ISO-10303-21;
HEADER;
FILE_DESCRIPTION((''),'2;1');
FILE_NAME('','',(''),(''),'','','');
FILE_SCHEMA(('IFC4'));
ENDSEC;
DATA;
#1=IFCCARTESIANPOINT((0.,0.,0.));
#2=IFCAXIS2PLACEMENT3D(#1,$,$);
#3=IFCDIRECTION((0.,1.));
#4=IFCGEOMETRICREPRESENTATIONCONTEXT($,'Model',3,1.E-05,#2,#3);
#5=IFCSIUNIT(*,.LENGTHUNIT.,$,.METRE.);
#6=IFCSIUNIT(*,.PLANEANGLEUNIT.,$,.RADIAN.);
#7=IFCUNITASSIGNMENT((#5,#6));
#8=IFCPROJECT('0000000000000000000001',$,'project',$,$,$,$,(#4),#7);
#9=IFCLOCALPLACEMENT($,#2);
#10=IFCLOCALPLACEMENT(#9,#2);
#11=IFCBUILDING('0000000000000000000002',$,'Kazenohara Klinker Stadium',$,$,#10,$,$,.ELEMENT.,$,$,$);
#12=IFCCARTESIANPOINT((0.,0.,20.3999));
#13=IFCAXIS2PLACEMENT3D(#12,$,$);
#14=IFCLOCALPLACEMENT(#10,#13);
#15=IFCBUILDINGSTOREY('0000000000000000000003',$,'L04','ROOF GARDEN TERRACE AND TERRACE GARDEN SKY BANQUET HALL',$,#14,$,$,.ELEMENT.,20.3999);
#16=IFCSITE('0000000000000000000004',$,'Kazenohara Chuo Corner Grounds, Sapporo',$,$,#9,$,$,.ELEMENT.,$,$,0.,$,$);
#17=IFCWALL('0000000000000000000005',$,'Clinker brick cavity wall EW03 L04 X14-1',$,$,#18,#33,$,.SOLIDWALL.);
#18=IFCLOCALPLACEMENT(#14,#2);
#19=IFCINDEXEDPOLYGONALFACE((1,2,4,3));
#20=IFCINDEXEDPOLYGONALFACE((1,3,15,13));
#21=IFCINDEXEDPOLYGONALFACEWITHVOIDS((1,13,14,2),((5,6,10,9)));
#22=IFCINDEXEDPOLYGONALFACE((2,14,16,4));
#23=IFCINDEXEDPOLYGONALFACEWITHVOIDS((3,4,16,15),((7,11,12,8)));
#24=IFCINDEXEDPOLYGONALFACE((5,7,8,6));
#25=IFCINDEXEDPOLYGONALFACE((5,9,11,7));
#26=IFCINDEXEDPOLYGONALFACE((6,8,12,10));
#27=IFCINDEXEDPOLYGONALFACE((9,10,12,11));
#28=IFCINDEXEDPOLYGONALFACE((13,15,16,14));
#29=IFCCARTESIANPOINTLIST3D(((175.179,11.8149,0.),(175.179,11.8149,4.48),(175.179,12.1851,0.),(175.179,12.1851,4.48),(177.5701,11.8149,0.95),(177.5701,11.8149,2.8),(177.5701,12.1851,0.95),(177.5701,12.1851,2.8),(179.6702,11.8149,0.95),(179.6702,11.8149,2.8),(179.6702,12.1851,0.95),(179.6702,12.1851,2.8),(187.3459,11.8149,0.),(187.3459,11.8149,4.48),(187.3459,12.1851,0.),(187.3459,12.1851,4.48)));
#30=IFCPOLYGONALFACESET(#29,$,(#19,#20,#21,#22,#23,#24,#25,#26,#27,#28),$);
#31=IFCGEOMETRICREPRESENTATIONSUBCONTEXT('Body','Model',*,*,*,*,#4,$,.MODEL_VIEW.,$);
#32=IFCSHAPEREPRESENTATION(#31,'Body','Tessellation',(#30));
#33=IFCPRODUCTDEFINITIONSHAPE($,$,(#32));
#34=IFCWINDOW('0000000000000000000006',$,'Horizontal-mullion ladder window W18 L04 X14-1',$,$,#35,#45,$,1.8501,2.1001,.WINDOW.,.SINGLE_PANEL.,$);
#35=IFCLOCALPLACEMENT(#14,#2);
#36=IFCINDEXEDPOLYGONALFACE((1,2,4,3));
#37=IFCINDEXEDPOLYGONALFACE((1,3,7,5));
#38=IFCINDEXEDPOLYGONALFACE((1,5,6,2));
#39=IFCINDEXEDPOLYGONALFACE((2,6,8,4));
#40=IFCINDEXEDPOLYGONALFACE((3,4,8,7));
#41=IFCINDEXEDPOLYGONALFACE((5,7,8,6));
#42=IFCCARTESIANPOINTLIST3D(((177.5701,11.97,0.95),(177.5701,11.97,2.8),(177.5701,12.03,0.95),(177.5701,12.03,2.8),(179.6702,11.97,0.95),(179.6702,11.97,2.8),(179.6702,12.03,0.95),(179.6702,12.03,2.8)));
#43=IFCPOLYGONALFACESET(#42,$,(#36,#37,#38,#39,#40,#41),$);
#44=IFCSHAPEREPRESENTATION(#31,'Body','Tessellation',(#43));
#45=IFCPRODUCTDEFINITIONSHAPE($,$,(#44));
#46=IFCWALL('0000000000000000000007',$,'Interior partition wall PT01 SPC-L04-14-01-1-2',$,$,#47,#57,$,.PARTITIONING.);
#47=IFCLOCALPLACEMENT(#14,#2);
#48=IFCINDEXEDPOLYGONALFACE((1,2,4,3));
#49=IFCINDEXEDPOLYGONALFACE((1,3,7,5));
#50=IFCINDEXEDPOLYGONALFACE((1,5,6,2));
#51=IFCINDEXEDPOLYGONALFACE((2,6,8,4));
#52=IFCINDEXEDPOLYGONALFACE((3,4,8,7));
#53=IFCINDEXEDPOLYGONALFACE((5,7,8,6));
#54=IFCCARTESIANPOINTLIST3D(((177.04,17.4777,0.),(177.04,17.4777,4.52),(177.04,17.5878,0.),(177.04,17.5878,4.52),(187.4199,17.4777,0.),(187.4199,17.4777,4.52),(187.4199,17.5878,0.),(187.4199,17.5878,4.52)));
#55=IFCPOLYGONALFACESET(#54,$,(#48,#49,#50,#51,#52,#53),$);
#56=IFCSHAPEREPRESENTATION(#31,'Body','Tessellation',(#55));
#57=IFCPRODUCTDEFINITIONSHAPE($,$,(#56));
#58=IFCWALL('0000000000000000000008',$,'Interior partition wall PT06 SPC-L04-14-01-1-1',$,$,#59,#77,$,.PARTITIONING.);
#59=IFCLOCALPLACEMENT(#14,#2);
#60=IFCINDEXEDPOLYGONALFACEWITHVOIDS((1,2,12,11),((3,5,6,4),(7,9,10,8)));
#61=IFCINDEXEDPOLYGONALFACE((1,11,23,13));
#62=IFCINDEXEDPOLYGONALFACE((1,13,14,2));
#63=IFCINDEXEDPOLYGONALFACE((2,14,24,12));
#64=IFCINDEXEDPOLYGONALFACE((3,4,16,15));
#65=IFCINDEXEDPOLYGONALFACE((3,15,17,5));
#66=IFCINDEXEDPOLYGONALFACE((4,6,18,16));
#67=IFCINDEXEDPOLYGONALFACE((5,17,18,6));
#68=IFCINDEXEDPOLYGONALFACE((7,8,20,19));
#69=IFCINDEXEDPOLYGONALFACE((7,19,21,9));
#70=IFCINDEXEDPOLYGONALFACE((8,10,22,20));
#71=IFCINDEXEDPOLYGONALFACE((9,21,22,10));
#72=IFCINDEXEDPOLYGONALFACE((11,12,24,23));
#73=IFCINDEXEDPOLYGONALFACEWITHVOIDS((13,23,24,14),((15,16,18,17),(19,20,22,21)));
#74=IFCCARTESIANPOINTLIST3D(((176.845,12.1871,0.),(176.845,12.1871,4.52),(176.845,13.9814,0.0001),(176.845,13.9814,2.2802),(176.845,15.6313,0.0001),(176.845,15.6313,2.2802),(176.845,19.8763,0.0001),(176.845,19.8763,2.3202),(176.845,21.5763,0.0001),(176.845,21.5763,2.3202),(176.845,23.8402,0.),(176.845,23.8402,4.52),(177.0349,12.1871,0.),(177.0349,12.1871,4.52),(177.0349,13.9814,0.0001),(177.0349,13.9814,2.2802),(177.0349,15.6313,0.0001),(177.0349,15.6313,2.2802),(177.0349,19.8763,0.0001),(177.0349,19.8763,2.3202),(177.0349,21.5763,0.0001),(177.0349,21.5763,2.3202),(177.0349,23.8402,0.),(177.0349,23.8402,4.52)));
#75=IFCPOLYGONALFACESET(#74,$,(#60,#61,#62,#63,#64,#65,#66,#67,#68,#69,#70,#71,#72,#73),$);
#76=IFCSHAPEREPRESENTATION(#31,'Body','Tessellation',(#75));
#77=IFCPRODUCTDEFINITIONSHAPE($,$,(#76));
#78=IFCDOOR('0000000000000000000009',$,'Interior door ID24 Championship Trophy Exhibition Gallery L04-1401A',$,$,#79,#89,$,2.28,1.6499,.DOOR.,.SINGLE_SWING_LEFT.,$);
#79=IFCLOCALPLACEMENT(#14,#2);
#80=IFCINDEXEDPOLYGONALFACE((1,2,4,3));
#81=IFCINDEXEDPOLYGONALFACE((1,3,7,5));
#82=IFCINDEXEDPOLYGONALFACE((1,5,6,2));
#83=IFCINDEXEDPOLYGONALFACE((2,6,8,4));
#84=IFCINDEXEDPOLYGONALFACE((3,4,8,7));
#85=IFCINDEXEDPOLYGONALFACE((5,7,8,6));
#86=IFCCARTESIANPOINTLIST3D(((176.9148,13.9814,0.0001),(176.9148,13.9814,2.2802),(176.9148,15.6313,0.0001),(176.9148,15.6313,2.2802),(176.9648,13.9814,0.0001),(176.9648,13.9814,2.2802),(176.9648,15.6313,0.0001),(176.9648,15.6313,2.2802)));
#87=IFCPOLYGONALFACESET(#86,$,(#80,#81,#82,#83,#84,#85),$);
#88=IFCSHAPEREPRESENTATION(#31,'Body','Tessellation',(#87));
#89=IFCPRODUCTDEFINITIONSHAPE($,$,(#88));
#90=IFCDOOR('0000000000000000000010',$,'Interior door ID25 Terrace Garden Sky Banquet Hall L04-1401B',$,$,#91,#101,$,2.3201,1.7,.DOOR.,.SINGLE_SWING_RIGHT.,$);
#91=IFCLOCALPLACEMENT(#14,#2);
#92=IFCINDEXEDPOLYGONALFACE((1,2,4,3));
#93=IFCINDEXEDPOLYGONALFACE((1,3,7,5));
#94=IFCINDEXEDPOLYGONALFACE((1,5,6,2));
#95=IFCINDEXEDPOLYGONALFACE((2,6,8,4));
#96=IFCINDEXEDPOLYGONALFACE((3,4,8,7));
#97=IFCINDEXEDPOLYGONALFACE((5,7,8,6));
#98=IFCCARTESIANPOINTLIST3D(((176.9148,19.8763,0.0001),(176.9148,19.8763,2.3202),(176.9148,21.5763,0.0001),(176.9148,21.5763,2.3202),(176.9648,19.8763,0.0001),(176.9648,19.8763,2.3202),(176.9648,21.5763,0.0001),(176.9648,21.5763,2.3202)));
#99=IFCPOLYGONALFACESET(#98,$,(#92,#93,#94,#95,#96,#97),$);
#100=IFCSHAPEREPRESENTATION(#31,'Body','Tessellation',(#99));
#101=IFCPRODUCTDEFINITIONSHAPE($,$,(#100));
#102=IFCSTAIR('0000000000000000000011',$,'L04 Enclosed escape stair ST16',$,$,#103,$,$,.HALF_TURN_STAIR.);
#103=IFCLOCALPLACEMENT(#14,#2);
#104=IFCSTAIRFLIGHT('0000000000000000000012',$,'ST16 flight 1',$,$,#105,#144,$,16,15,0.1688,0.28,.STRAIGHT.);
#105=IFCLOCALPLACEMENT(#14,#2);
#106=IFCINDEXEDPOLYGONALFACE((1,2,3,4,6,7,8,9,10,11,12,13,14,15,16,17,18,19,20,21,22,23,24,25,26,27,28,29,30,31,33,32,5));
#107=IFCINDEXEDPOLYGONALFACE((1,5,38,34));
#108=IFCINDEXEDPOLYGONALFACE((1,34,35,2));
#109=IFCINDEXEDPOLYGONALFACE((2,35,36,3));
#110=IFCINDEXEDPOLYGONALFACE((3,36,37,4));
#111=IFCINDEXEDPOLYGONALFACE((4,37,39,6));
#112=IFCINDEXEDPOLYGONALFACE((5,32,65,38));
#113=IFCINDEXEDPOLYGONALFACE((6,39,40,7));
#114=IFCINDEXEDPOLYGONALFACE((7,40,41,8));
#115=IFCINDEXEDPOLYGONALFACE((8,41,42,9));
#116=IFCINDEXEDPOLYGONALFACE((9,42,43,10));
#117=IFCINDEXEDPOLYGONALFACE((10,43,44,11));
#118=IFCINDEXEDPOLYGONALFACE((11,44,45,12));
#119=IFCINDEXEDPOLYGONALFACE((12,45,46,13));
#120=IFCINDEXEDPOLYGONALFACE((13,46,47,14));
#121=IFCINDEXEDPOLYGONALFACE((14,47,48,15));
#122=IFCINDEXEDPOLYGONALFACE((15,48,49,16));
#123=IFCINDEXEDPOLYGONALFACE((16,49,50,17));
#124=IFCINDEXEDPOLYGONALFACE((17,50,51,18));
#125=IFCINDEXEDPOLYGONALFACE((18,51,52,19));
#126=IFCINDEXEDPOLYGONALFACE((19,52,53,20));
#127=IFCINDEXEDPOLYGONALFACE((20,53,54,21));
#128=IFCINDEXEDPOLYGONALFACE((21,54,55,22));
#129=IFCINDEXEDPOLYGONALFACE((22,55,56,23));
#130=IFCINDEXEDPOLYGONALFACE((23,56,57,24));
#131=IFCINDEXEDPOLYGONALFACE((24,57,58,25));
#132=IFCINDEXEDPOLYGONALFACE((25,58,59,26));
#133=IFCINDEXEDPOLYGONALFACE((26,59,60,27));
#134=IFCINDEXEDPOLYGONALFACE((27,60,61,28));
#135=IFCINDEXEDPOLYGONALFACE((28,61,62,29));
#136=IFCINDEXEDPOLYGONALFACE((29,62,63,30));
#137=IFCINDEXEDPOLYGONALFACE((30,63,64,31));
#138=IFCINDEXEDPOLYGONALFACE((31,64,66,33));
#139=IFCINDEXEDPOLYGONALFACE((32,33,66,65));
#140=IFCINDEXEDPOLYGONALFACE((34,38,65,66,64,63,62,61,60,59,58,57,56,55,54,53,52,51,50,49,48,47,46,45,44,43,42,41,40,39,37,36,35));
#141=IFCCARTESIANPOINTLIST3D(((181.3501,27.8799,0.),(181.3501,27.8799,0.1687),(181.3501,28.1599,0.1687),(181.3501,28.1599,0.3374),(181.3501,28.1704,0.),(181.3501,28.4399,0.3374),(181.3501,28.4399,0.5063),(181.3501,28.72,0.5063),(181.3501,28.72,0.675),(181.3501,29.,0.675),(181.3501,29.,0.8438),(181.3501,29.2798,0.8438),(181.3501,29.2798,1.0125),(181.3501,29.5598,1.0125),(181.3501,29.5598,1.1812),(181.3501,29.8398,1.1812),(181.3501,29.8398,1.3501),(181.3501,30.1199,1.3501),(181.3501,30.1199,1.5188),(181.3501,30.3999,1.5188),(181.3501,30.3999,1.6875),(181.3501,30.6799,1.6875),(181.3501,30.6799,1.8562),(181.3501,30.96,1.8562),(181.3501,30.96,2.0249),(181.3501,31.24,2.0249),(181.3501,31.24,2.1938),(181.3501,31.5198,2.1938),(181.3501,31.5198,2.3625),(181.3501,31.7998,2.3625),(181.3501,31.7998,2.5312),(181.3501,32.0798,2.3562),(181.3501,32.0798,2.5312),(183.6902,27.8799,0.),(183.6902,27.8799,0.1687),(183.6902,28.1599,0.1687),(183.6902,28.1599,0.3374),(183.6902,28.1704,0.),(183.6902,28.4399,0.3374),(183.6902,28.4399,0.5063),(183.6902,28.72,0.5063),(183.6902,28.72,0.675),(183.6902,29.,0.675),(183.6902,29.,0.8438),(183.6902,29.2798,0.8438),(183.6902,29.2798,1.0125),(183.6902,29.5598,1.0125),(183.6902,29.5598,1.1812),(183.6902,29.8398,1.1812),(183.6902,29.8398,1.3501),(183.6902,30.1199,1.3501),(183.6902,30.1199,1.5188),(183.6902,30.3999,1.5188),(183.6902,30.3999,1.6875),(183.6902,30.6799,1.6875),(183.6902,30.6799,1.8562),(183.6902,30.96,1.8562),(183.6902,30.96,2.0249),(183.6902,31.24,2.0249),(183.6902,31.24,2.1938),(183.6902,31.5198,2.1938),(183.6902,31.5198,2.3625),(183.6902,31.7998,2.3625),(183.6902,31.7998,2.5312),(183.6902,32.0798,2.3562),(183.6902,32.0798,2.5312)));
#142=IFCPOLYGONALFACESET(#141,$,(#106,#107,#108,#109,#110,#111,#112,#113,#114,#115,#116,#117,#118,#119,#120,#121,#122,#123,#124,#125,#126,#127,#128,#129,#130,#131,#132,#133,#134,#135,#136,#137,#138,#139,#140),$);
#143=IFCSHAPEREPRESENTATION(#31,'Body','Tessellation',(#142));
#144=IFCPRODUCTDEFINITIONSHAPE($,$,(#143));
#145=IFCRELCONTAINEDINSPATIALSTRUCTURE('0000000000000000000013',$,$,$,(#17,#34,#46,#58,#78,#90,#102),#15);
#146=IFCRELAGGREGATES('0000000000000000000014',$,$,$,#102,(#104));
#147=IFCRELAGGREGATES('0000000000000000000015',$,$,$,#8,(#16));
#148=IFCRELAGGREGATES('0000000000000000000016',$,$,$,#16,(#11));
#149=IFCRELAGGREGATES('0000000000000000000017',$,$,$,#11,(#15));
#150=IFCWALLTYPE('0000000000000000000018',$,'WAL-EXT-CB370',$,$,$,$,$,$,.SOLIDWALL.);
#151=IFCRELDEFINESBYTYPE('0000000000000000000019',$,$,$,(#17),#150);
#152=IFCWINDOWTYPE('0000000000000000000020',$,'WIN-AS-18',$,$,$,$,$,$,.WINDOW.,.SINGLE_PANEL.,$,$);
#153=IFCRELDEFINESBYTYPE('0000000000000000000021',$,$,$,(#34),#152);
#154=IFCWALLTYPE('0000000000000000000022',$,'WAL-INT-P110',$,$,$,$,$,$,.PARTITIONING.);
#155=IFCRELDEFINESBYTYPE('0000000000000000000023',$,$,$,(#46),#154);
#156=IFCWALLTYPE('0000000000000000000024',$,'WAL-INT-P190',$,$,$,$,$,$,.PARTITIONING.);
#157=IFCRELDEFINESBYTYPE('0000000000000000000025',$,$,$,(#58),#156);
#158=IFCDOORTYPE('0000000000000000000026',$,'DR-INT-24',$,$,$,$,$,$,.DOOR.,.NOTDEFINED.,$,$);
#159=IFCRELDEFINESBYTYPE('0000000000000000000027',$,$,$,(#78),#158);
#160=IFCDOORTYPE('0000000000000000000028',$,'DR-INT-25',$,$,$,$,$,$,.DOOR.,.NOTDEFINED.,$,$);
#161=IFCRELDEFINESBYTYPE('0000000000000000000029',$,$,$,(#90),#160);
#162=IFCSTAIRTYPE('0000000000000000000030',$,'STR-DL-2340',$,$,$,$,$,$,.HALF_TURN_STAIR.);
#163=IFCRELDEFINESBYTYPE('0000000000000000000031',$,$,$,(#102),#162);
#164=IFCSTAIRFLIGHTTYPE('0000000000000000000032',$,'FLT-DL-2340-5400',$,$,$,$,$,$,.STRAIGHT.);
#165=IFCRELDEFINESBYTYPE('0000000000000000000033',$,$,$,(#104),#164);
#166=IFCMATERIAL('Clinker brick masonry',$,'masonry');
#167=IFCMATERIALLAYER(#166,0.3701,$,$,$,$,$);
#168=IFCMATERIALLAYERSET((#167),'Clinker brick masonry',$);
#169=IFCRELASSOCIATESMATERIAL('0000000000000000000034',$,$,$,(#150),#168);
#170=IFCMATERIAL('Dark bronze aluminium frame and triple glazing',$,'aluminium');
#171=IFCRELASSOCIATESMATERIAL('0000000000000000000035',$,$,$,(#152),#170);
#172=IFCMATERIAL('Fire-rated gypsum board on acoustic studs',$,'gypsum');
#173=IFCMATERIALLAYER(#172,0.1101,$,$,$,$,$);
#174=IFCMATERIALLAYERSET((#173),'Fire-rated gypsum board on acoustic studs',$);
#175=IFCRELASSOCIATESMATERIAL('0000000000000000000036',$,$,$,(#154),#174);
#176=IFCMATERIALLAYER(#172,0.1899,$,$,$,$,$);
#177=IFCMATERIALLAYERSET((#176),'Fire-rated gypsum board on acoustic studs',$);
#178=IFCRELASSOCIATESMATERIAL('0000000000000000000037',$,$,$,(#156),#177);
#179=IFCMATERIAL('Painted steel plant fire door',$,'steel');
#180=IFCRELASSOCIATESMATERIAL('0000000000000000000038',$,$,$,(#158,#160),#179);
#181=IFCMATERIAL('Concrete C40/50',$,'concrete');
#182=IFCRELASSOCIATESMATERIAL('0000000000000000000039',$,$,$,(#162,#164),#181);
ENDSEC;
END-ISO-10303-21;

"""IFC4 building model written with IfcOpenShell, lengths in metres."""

from ifc_helpers import new_model, si_unit, direction, frame, frame_2d, origin, place, context, subcontext, project, spatial, polyline, rectangle, outline, extrude, material, layer, layer_set, type_object, element, fill, aggregate, save


model = new_model("IFC4")

# Units and contexts
model_context = context("Model", 3, precision=1e-05, world=origin(), true_north=direction((0.0, 1.0)))
body_context = subcontext(model_context, "Body", "Model", "MODEL_VIEW")
ifc_project = project(units=[si_unit("LENGTHUNIT", "METRE"), si_unit("PLANEANGLEUNIT", "RADIAN")], contexts=[model_context])

# Site, building, storey
site_placement = place(None, origin())
site = spatial("IfcSite", under=ifc_project, at=site_placement, Name="Kazenohara Chuo Corner Grounds, Sapporo", CompositionType="ELEMENT", RefElevation=0.0)
building_placement = place(site_placement, origin())
building = spatial("IfcBuilding", under=site, at=building_placement, Name="Kazenohara Klinker Stadium", CompositionType="ELEMENT")
storey_placement = place(building_placement, frame((0.0, 0.0, 20.3999)))
storey = spatial("IfcBuildingStorey", under=building, at=storey_placement, Name="L04", Description="ROOF GARDEN TERRACE AND TERRACE GARDEN SKY BANQUET HALL", CompositionType="ELEMENT", Elevation=20.3999)

# Shared definitions
ifc_material_1 = material(Name="Concrete C40/50", Category="concrete")

# Shared definitions
ifc_material_2 = material(Name="Clinker brick masonry", Category="masonry")

# Wall, opening, window
ifc_layer_1 = layer(ifc_material_2, 0.3701)
ifc_layer_set_1 = layer_set([ifc_layer_1], Name="Clinker brick masonry")
wall_type_1 = type_object("IfcWallType", Name="WAL-EXT-CB370", PredefinedType="SOLIDWALL", material=ifc_layer_set_1)
wall_1_placement = place(storey_placement, frame((175.179, 12.0, 0.0), z_axis=(0.0, 0.0, 1.0), x_axis=(1.0, 0.0, 0.0)))
wall_1 = element("IfcWall", 1, at=wall_1_placement, inside=storey, type_object=wall_type_1, Name="Clinker brick cavity wall EW03 L04 X14-1", PredefinedType="SOLIDWALL", context=body_context, shape_type="SweptSolid", body=[
    extrude(rectangle(XDim=12.167, YDim=0.3701, at=frame_2d((6.0835, 0.0))), origin(), (0.0, 0.0, 1.0), 4.48),
])
opening_1_placement = place(wall_1_placement, frame((2.3911, 0.0, 0.95)))
opening_1 = element("IfcOpeningElement", 2, at=opening_1_placement, cuts=wall_1, PredefinedType="OPENING", context=body_context, shape_type="SweptSolid", body=[
    extrude(rectangle(XDim=2.1001, YDim=1.8501, at=frame_2d((1.05, 0.925))), frame((0.0, 0.1951, 0.0), z_axis=(0.0, -1.0, 0.0), x_axis=(1.0, 0.0, 0.0)), (0.0, 0.0, 1.0), 0.3901),
])
ifc_material_3 = material(Name="Dark bronze aluminium frame and triple glazing", Category="aluminium")
window_type = type_object("IfcWindowType", Name="WIN-AS-18", PartitioningType="SINGLE_PANEL", PredefinedType="WINDOW", material=ifc_material_3)
window_placement = place(opening_1_placement, origin())
window = element("IfcWindow", 3, at=window_placement, inside=storey, type_object=window_type, Name="Horizontal-mullion ladder window W18 L04 X14-1", OverallHeight=1.8501, OverallWidth=2.1001, PartitioningType="SINGLE_PANEL", PredefinedType="WINDOW", context=body_context, shape_type="SweptSolid", body=[
    extrude(rectangle(XDim=2.1001, YDim=1.8501, at=frame_2d((1.05, 0.925))), frame((0.0, 0.03, 0.0), z_axis=(0.0, -1.0, 0.0), x_axis=(1.0, 0.0, 0.0)), (0.0, 0.0, 1.0), 0.0601),
])
fill(opening_1, window)

# Wall
ifc_material_4 = material(Name="Fire-rated gypsum board on acoustic studs", Category="gypsum")
ifc_layer_2 = layer(ifc_material_4, 0.1101)
ifc_layer_set_2 = layer_set([ifc_layer_2], Name="Fire-rated gypsum board on acoustic studs")
wall_type_2 = type_object("IfcWallType", Name="WAL-INT-P110", PredefinedType="PARTITIONING", material=ifc_layer_set_2)
wall_2_placement = place(storey_placement, frame((177.04, 17.5327, 0.0), z_axis=(0.0, 0.0, 1.0), x_axis=(1.0, 0.0, 0.0)))
element("IfcWall", 4, at=wall_2_placement, inside=storey, type_object=wall_type_2, Name="Interior partition wall PT01 SPC-L04-14-01-1-2", PredefinedType="PARTITIONING", context=body_context, shape_type="SweptSolid", body=[
    extrude(rectangle(XDim=10.3799, YDim=0.1101, at=frame_2d((5.1899, 0.0))), origin(), (0.0, 0.0, 1.0), 4.52),
])

# Wall, openings, doors
ifc_layer_3 = layer(ifc_material_4, 0.1899)
ifc_layer_set_3 = layer_set([ifc_layer_3], Name="Fire-rated gypsum board on acoustic studs")
wall_type_3 = type_object("IfcWallType", Name="WAL-INT-P190", PredefinedType="PARTITIONING", material=ifc_layer_set_3)
wall_3_placement = place(storey_placement, frame((176.9399, 12.187, 0.0), z_axis=(0.0, 0.0, 1.0), x_axis=(0.0, 1.0, 0.0)))
wall_3 = element("IfcWall", 5, at=wall_3_placement, inside=storey, type_object=wall_type_3, Name="Interior partition wall PT06 SPC-L04-14-01-1-1", PredefinedType="PARTITIONING", context=body_context, shape_type="SweptSolid", body=[
    extrude(rectangle(XDim=11.6531, YDim=0.1899, at=frame_2d((5.8267, 0.0))), origin(), (0.0, 0.0, 1.0), 4.52),
])
opening_2_placement = place(wall_3_placement, frame((3.4443, 0.0, 0.0), z_axis=(0.0, 0.0, 1.0), x_axis=(-1.0, 0.0, 0.0)))
opening_2 = element("IfcOpeningElement", 6, at=opening_2_placement, cuts=wall_3, PredefinedType="OPENING", context=body_context, shape_type="SweptSolid", body=[
    extrude(rectangle(XDim=1.6499, YDim=2.28, at=frame_2d((0.825, 1.1401))), frame((0.0, 0.105, 0.0), z_axis=(0.0, -1.0, 0.0), x_axis=(1.0, 0.0, 0.0)), (0.0, 0.0, 1.0), 0.21),
])
opening_3_placement = place(wall_3_placement, frame((9.3894, 0.0, 0.0), z_axis=(0.0, 0.0, 1.0), x_axis=(-1.0, 0.0, 0.0)))
opening_3 = element("IfcOpeningElement", 7, at=opening_3_placement, cuts=wall_3, PredefinedType="OPENING", context=body_context, shape_type="SweptSolid", body=[
    extrude(rectangle(XDim=1.7, YDim=2.3201, at=frame_2d((0.8501, 1.1602))), frame((0.0, 0.105, 0.0), z_axis=(0.0, -1.0, 0.0), x_axis=(1.0, 0.0, 0.0)), (0.0, 0.0, 1.0), 0.21),
])
ifc_material_5 = material(Name="Painted steel plant fire door", Category="steel")
door_type_1 = type_object("IfcDoorType", Name="DR-INT-24", OperationType="NOTDEFINED", PredefinedType="DOOR", material=ifc_material_5)
door_1_placement = place(opening_2_placement, origin())
door_1 = element("IfcDoor", 8, at=door_1_placement, inside=storey, type_object=door_type_1, Name="Interior door ID24 Championship Trophy Exhibition Gallery L04-1401A", OperationType="SINGLE_SWING_LEFT", OverallHeight=2.28, OverallWidth=1.6499, PredefinedType="DOOR", context=body_context, shape_type="SweptSolid", body=[
    extrude(rectangle(XDim=1.6499, YDim=2.28, at=frame_2d((0.825, 1.1401))), frame((0.0, 0.0249, 0.0), z_axis=(0.0, -1.0, 0.0), x_axis=(1.0, 0.0, 0.0)), (0.0, 0.0, 1.0), 0.05),
])
fill(opening_2, door_1)
door_type_2 = type_object("IfcDoorType", Name="DR-INT-25", OperationType="NOTDEFINED", PredefinedType="DOOR", material=ifc_material_5)
door_2_placement = place(opening_3_placement, origin())
door_2 = element("IfcDoor", 9, at=door_2_placement, inside=storey, type_object=door_type_2, Name="Interior door ID25 Terrace Garden Sky Banquet Hall L04-1401B", OperationType="SINGLE_SWING_RIGHT", OverallHeight=2.3201, OverallWidth=1.7, PredefinedType="DOOR", context=body_context, shape_type="SweptSolid", body=[
    extrude(rectangle(XDim=1.7, YDim=2.3201, at=frame_2d((0.8501, 1.1602))), frame((0.0, 0.0249, 0.0), z_axis=(0.0, -1.0, 0.0), x_axis=(1.0, 0.0, 0.0)), (0.0, 0.0, 1.0), 0.05),
])
fill(opening_3, door_2)

# Stair, stair flight
stair_type = type_object("IfcStairType", Name="STR-DL-2340", PredefinedType="HALF_TURN_STAIR", material=ifc_material_1)
stair_placement = place(storey_placement, origin())
stair = element("IfcStair", 10, at=stair_placement, inside=storey, type_object=stair_type, Name="L04 Enclosed escape stair ST16", PredefinedType="HALF_TURN_STAIR")
stair_flight_type = type_object("IfcStairFlightType", Name="FLT-DL-2340-5400", PredefinedType="STRAIGHT", material=ifc_material_1)
stair_flight_1_placement = place(storey_placement, frame((182.52, 27.8799, 0.0), z_axis=(0.0, 0.0, 1.0), x_axis=(0.0, 1.0, 0.0)))
stair_flight_1 = element("IfcStairFlight", 11, at=stair_flight_1_placement, type_object=stair_flight_type, Name="ST16 flight 1", NumberOfRisers=16, NumberOfTreads=15, PredefinedType="STRAIGHT", RiserHeight=0.1688, TreadLength=0.28, context=body_context, shape_type="SweptSolid", body=[
    extrude(outline(polyline([(0.0, 0.0), (0.0, 0.1687), (0.28, 0.1687), (0.28, 0.3374), (0.5601, 0.3374), (0.5601, 0.5063), (0.8401, 0.5063), (0.8401, 0.675), (1.1201, 0.675), (1.1201, 0.8438), (1.3999, 0.8438), (1.3999, 1.0125), (1.6799, 1.0125), (1.6799, 1.1812), (1.96, 1.1812), (1.96, 1.3501), (2.24, 1.3501), (2.24, 1.5188), (2.52, 1.5188), (2.52, 1.6875), (2.8, 1.6875), (2.8, 1.8562), (3.0801, 1.8562), (3.0801, 2.0249), (3.3601, 2.0249), (3.3601, 2.1938), (3.6399, 2.1938), (3.6399, 2.3625), (3.9199, 2.3625), (3.9199, 2.5312), (4.2, 2.5312), (4.2, 2.7), (4.2, 2.3562), (0.2905, 0.0), (0.0, 0.0)])), frame((0.0, 1.1699, 0.0), z_axis=(0.0, -1.0, 0.0), x_axis=(1.0, 0.0, 0.0)), (0.0, 0.0, 1.0), 2.3401),
])
aggregate(stair, [stair_flight_1])

save(model, "model.ifc")
